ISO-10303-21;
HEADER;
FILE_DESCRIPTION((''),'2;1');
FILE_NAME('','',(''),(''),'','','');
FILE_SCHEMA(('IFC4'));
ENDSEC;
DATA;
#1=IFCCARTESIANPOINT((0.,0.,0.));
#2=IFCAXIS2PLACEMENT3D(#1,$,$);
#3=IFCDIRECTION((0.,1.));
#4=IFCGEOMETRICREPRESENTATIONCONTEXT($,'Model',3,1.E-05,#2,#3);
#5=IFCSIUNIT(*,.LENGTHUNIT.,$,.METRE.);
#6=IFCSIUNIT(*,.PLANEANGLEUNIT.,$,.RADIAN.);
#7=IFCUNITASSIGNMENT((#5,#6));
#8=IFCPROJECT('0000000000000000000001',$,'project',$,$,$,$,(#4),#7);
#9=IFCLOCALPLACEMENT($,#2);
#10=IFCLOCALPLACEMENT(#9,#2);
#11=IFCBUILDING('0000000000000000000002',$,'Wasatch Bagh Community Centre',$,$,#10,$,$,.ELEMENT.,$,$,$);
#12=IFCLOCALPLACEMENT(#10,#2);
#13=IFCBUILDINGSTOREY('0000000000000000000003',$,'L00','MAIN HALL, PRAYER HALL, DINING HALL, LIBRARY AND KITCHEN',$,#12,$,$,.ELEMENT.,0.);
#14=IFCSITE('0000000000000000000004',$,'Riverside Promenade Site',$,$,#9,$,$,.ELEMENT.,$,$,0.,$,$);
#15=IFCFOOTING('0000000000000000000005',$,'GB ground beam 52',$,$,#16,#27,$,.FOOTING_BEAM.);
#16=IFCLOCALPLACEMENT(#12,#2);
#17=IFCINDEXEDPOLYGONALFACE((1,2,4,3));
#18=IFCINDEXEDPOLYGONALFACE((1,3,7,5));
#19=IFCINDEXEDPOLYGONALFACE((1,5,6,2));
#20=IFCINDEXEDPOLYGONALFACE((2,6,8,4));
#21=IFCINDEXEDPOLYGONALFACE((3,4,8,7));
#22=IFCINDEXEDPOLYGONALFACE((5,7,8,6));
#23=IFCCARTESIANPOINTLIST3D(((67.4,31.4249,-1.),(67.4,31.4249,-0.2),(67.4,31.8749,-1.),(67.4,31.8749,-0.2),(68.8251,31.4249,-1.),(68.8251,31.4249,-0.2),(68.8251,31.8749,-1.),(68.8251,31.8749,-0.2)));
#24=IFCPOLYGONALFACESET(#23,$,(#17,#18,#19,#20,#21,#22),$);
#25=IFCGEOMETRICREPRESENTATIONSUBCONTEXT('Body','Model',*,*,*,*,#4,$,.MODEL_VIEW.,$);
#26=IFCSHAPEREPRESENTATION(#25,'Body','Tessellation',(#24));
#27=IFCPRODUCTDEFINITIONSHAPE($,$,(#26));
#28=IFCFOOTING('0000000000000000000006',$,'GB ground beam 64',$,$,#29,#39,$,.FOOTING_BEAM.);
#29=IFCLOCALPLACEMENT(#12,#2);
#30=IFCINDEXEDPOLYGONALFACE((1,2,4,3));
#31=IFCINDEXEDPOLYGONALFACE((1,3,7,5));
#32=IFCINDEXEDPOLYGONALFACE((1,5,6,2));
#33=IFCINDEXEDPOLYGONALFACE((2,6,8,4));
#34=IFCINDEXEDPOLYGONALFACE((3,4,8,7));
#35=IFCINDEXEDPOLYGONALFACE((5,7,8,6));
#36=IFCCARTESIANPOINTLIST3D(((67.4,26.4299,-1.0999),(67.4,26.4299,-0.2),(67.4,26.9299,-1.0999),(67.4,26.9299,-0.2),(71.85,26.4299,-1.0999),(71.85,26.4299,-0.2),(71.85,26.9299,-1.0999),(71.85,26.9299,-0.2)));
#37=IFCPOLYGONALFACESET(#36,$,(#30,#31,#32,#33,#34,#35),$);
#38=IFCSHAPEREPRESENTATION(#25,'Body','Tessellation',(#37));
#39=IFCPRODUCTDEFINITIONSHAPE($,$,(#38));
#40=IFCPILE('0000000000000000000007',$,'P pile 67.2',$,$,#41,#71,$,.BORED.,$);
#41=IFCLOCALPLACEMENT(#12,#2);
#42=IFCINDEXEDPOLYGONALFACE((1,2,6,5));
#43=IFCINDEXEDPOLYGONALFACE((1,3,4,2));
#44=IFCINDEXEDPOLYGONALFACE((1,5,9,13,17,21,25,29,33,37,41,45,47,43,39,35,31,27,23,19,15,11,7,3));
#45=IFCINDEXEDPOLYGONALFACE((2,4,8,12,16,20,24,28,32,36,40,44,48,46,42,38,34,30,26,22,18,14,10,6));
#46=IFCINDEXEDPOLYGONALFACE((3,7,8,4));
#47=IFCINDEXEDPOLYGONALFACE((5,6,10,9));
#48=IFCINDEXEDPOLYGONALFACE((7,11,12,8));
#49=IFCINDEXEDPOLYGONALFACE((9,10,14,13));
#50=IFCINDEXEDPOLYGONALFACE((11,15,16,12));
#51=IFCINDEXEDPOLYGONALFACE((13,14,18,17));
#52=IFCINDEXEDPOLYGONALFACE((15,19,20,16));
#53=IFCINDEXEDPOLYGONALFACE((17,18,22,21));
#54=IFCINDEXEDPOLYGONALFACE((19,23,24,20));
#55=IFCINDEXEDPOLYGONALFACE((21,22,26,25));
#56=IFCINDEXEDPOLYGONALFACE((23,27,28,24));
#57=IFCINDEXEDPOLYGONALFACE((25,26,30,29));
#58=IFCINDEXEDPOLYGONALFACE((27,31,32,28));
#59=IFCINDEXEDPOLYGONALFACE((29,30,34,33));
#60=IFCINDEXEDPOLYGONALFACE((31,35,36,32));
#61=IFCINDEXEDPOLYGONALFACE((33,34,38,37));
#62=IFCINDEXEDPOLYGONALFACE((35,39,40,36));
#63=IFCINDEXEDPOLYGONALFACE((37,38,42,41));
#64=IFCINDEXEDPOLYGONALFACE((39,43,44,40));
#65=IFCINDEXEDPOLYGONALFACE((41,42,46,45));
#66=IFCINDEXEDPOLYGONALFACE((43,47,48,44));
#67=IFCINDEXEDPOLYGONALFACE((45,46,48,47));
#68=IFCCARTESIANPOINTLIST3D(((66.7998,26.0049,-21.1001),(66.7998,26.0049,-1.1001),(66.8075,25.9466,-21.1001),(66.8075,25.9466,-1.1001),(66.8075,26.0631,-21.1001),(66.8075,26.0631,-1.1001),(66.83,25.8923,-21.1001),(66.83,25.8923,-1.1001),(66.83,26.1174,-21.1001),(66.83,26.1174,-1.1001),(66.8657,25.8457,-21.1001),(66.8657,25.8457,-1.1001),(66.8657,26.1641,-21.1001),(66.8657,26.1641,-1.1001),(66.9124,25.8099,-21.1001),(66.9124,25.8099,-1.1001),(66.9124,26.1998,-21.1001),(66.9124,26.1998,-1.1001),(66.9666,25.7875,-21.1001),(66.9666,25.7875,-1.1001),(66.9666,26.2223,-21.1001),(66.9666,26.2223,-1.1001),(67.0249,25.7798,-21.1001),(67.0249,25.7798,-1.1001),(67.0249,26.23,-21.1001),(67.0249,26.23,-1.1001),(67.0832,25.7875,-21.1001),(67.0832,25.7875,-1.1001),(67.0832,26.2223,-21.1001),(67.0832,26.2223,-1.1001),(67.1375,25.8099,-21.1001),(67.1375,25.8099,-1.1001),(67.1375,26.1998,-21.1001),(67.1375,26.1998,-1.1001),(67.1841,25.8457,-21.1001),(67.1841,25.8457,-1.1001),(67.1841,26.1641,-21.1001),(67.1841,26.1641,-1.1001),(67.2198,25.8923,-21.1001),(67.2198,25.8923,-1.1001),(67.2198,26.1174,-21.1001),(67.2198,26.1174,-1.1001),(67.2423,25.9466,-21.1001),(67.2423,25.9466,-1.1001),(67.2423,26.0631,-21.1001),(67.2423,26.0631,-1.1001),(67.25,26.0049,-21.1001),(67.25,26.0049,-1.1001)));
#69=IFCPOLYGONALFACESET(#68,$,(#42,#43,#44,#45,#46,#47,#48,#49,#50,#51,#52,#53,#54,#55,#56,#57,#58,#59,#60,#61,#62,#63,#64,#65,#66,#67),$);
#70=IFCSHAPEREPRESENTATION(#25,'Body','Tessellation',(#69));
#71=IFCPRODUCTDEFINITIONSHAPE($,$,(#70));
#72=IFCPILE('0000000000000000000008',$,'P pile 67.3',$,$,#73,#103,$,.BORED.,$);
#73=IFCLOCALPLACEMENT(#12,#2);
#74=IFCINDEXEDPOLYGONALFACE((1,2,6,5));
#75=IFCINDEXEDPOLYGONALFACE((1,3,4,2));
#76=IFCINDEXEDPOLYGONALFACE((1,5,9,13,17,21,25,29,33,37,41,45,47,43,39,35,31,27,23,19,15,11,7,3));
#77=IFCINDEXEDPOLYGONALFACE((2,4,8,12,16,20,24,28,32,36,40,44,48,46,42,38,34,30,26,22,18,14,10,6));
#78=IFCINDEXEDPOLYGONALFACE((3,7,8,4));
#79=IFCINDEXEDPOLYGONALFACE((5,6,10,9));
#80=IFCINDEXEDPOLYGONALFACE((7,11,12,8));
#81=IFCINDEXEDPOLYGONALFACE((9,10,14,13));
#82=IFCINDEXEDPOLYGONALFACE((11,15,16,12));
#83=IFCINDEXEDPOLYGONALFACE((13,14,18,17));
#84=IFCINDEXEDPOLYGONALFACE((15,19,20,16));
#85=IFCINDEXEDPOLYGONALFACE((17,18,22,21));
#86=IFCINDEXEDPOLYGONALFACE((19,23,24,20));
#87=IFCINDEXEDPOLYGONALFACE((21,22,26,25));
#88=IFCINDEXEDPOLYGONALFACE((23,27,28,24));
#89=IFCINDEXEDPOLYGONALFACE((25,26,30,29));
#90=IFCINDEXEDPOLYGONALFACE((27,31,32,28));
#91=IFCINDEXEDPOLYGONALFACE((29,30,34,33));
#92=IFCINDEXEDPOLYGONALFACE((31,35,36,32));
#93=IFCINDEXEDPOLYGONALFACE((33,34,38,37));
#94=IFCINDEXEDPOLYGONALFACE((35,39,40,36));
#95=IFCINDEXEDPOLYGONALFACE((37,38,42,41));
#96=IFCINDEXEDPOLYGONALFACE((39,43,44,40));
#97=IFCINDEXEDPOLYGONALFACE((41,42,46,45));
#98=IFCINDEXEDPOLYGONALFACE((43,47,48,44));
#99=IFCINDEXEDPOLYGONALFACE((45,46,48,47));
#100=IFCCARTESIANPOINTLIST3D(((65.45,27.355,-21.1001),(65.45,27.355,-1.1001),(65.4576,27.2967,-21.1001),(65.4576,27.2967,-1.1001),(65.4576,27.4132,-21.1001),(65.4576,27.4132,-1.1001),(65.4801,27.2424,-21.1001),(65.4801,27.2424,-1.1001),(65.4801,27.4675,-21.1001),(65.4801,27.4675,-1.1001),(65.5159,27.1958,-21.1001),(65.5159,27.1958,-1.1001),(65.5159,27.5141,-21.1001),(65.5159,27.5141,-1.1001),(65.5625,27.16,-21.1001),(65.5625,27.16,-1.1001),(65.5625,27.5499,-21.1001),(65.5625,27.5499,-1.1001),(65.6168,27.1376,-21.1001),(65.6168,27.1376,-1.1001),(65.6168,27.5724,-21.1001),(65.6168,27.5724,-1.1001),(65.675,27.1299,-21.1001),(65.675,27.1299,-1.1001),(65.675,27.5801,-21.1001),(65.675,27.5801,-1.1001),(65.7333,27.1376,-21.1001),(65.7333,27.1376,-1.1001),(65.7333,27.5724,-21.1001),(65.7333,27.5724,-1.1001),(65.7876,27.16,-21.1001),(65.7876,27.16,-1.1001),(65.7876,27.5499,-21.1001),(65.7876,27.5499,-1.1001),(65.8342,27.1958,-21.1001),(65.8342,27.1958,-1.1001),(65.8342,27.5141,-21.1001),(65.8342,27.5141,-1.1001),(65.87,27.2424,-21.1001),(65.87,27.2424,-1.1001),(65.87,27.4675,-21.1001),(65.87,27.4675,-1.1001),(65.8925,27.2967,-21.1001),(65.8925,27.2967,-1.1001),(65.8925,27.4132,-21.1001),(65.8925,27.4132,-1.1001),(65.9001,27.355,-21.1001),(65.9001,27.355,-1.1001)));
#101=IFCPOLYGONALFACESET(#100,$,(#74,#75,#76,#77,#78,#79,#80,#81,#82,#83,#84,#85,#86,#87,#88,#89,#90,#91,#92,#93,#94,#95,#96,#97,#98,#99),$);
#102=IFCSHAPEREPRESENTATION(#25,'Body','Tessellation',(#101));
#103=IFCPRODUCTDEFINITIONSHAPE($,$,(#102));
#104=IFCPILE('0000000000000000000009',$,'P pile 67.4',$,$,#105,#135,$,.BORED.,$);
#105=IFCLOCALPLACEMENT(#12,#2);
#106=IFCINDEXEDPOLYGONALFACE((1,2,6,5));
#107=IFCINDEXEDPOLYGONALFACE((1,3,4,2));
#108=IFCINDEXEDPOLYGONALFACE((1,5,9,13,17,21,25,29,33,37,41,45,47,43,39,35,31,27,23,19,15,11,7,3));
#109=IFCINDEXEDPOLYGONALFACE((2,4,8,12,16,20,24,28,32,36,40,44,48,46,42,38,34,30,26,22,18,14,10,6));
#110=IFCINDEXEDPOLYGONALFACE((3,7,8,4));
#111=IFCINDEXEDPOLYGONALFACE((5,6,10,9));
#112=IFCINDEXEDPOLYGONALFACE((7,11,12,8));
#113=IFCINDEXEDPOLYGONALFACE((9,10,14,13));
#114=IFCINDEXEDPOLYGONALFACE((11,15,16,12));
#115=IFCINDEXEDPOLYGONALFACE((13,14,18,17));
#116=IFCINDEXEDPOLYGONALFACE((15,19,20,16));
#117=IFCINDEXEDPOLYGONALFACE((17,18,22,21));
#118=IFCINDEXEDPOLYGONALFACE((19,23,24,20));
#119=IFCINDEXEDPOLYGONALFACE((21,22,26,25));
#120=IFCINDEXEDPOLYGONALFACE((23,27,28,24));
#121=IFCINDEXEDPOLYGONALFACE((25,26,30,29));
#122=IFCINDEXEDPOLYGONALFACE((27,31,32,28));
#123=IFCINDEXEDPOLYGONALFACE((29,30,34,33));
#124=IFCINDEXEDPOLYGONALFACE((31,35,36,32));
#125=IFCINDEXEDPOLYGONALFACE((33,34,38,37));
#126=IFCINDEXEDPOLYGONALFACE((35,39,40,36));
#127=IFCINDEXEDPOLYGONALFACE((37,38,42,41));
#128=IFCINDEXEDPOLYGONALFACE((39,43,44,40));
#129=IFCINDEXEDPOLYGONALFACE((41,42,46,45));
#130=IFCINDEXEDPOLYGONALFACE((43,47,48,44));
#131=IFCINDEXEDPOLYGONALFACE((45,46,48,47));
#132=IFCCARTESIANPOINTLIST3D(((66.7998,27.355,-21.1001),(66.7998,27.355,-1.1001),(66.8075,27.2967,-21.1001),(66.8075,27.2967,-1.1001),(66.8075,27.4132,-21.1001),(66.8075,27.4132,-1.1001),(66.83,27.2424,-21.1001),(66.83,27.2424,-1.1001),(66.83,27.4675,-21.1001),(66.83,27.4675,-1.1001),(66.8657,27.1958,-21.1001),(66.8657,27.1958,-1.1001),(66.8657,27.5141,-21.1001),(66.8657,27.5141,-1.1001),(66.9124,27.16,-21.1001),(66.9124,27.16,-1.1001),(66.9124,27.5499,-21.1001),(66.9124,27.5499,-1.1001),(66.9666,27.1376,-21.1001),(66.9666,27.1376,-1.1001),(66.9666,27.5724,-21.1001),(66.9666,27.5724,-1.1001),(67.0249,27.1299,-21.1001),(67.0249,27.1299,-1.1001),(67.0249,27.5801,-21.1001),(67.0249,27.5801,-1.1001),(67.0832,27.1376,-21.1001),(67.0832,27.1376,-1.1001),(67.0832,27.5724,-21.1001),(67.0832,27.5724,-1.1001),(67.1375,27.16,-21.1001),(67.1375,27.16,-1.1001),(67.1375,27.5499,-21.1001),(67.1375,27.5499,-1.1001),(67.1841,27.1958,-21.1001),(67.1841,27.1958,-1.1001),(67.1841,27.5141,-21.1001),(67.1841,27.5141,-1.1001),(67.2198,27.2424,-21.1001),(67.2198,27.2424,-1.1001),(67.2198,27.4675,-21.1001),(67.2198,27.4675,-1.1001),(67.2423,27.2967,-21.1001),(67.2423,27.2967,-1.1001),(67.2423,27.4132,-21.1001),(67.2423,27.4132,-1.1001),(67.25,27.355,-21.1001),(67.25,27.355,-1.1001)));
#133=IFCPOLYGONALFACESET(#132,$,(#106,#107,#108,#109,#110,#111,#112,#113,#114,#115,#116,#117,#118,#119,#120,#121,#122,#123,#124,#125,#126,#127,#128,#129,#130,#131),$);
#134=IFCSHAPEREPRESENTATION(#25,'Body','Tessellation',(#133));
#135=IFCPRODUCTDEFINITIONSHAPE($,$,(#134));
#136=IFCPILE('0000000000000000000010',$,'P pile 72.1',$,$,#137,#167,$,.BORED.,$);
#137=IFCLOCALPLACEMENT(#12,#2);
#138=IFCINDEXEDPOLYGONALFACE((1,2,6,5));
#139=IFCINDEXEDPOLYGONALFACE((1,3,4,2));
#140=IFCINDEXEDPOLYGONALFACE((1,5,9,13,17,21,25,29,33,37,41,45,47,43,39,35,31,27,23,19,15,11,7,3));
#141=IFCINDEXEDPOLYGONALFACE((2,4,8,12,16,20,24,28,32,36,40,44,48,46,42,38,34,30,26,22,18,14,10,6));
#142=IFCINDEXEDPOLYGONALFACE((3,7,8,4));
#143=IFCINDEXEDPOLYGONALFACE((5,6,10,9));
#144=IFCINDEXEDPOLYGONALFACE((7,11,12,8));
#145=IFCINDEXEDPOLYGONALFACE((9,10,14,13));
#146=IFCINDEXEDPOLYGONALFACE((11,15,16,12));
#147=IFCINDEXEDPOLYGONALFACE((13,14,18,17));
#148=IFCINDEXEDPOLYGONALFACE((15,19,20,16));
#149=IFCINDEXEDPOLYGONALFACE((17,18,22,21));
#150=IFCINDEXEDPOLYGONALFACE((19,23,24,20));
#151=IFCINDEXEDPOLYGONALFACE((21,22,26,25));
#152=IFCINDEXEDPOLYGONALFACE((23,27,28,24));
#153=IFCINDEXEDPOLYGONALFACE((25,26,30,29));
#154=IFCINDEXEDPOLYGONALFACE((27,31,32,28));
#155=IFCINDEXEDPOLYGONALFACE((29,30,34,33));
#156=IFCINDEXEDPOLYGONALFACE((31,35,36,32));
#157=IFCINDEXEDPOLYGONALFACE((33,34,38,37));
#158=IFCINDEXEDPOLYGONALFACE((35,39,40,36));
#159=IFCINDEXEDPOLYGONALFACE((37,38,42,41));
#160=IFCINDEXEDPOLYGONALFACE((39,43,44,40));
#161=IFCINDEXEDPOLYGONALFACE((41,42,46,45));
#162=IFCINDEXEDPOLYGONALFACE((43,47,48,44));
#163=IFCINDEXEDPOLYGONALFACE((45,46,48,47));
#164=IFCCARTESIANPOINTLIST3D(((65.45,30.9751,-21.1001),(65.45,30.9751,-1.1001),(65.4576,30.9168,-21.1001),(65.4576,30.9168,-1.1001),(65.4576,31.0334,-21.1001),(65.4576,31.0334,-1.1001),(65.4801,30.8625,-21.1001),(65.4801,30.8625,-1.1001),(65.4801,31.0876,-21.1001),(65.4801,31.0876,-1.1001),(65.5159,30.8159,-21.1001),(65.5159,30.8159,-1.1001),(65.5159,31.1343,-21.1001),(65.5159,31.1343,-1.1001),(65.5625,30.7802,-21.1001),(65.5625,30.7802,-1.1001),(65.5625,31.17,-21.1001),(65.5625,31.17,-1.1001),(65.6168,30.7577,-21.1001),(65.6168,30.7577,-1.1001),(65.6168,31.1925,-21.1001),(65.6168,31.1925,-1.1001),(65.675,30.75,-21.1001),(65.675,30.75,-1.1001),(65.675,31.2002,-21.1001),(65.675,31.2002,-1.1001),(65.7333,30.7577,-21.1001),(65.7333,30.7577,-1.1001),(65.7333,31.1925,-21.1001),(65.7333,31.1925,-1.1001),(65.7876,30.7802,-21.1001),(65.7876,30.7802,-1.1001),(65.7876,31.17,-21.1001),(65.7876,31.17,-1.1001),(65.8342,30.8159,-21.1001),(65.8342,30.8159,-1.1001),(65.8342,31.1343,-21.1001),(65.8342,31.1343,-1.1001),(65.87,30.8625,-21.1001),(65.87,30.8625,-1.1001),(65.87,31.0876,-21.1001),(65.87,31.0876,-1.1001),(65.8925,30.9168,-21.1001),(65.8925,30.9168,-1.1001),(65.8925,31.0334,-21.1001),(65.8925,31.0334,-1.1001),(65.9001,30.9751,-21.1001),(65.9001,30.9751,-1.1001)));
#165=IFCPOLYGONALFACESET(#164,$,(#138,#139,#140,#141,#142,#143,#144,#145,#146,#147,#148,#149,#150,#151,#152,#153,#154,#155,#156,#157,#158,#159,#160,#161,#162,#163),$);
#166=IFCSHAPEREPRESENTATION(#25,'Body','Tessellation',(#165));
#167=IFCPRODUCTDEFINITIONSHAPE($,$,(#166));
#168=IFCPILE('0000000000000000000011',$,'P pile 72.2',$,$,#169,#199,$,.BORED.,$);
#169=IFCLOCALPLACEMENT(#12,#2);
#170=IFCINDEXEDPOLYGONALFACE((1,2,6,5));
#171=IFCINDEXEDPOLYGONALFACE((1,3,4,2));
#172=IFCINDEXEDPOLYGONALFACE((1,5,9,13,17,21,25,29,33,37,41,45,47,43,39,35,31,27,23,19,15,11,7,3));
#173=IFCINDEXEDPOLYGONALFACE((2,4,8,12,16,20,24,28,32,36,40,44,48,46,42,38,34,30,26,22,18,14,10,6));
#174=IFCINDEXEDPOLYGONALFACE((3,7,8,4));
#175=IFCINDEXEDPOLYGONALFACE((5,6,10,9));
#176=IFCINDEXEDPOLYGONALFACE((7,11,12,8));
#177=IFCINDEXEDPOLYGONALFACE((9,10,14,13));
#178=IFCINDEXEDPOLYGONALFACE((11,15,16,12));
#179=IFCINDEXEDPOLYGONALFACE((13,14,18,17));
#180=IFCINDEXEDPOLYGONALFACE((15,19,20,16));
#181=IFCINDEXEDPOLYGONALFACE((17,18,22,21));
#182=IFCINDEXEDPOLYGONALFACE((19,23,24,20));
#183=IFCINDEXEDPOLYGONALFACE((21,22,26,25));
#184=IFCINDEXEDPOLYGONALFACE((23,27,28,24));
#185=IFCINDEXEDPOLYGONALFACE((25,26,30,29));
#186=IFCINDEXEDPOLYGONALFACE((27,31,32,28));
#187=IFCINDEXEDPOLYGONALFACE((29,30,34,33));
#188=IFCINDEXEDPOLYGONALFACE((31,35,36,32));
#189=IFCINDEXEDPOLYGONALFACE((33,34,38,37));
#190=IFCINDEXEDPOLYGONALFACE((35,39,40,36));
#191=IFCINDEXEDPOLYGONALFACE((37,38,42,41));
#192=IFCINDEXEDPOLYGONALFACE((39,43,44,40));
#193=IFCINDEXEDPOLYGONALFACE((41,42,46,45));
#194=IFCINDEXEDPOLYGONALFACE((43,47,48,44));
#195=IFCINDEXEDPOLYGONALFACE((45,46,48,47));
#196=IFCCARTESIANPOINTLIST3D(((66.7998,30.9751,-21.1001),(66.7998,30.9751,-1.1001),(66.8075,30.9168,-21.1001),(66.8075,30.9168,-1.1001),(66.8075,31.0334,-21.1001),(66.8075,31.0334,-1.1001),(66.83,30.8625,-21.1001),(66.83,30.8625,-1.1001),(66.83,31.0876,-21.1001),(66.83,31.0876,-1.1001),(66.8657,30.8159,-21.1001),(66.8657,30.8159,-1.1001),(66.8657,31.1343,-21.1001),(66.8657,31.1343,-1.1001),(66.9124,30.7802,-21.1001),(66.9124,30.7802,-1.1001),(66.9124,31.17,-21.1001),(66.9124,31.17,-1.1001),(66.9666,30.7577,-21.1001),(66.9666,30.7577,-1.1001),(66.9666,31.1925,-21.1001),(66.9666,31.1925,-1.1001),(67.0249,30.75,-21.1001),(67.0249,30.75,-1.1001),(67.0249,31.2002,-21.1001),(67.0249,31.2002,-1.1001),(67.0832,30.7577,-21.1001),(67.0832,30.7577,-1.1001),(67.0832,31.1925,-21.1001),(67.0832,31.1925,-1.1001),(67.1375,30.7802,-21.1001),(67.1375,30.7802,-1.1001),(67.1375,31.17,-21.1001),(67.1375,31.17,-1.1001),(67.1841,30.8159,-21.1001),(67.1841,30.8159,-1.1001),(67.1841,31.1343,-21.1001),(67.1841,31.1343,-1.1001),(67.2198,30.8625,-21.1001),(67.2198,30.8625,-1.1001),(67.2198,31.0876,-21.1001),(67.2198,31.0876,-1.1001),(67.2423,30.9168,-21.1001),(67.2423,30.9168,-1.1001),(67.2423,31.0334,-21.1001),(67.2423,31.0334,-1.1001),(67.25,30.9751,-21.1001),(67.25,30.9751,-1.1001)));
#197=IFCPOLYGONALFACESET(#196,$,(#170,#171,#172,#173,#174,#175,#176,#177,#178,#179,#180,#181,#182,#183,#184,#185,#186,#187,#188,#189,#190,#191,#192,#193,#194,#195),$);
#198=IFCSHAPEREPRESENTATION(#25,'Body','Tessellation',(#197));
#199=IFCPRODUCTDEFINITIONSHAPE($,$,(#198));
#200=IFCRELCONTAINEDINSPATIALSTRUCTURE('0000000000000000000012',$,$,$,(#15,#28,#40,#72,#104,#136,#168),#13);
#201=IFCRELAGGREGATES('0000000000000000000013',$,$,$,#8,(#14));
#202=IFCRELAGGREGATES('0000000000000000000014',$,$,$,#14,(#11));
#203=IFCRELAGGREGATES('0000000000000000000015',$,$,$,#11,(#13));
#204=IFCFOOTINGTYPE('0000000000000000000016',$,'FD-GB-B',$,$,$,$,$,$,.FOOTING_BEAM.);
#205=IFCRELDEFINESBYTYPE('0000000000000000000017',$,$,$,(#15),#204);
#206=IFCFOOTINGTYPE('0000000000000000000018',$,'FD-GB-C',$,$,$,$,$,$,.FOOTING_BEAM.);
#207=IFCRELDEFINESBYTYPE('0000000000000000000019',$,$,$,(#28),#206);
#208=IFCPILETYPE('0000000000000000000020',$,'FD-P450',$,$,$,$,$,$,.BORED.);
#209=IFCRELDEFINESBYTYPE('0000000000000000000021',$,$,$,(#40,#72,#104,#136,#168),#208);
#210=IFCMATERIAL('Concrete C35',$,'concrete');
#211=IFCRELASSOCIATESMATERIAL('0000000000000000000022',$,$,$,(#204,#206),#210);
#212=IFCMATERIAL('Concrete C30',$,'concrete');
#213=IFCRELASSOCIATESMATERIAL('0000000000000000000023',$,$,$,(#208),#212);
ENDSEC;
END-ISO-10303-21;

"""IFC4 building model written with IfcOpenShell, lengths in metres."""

from ifc_helpers import new_model, si_unit, direction, frame, origin, origin_2d, place, context, subcontext, project, spatial, rectangle, circle, extrude, material, material_profile, profile_set, type_object, element, save


model = new_model("IFC4")

# Units and contexts
model_context = context("Model", 3, precision=1e-05, world=origin(), true_north=direction((0.0, 1.0)))
body_context = subcontext(model_context, "Body", "Model", "MODEL_VIEW")
ifc_project = project(units=[si_unit("LENGTHUNIT", "METRE"), si_unit("PLANEANGLEUNIT", "RADIAN")], contexts=[model_context])

# Site, building, storey
site_placement = place(None, origin())
site = spatial("IfcSite", under=ifc_project, at=site_placement, Name="Riverside Promenade Site", CompositionType="ELEMENT", RefElevation=0.0)
building_placement = place(site_placement, origin())
building = spatial("IfcBuilding", under=site, at=building_placement, Name="Wasatch Bagh Community Centre", CompositionType="ELEMENT")
storey_placement = place(building_placement, origin())
storey = spatial("IfcBuildingStorey", under=building, at=storey_placement, Name="L00", Description="MAIN HALL, PRAYER HALL, DINING HALL, LIBRARY AND KITCHEN", CompositionType="ELEMENT", Elevation=0.0)

# Footings
ifc_material_1 = material(Name="Concrete C35", Category="concrete")
footing_type_1 = type_object("IfcFootingType", Name="FD-GB-B", PredefinedType="FOOTING_BEAM", material=ifc_material_1)
footing_1_placement = place(storey_placement, frame((68.1125, 31.6499, -1.0), z_axis=(0.0, 0.0, 1.0), x_axis=(1.0, 0.0, 0.0)))
element("IfcFooting", 1, at=footing_1_placement, inside=storey, type_object=footing_type_1, Name="GB ground beam 52", PredefinedType="FOOTING_BEAM", context=body_context, shape_type="SweptSolid", body=[
    extrude(rectangle(XDim=1.425, YDim=0.45, at=origin_2d()), origin(), (0.0, 0.0, 1.0), 0.8),
])
footing_type_2 = type_object("IfcFootingType", Name="FD-GB-C", PredefinedType="FOOTING_BEAM", material=ifc_material_1)
footing_2_placement = place(storey_placement, frame((69.625, 26.6799, -1.0999), z_axis=(0.0, 0.0, 1.0), x_axis=(1.0, 0.0, 0.0)))
element("IfcFooting", 2, at=footing_2_placement, inside=storey, type_object=footing_type_2, Name="GB ground beam 64", PredefinedType="FOOTING_BEAM", context=body_context, shape_type="SweptSolid", body=[
    extrude(rectangle(XDim=4.45, YDim=0.5, at=origin_2d()), origin(), (0.0, 0.0, 1.0), 0.8999),
])

# Piles
ifc_material_2 = material(Name="Concrete C30", Category="concrete")
ifc_material_profile_1 = material_profile(ifc_material_2, circle(Radius=0.2251, at=origin_2d()), Name="RC D450")
ifc_profile_set_1 = profile_set([ifc_material_profile_1], Name="Concrete C30")
pile_type = type_object("IfcPileType", Name="FD-P450", PredefinedType="BORED", material=ifc_profile_set_1)
for number, where, z_axis, x_axis, name in (
    (3, (67.0249, 26.0049, -1.1001), (0.0, 0.0, -1.0), (1.0, 0.0, 0.0), "P pile 67.2"),
    (4, (65.675, 27.355, -1.1001), (0.0, 0.0, -1.0), (1.0, 0.0, 0.0), "P pile 67.3"),
    (5, (67.0249, 27.355, -1.1001), (0.0, 0.0, -1.0), (1.0, 0.0, 0.0), "P pile 67.4"),
    (6, (65.675, 30.9751, -1.1001), (0.0, 0.0, -1.0), (1.0, 0.0, 0.0), "P pile 72.1"),
    (7, (67.0249, 30.9751, -1.1001), (0.0, 0.0, -1.0), (1.0, 0.0, 0.0), "P pile 72.2"),
):
    element("IfcPile", number, at=place(storey_placement, frame(where, z_axis=z_axis, x_axis=x_axis)), inside=storey, type_object=pile_type, Name=name, PredefinedType="BORED", context=body_context, shape_type="SweptSolid", body=[
        extrude(circle(Radius=0.2251, at=origin_2d()), origin(), (0.0, 0.0, 1.0), 20.0),
    ])

save(model, "model.ifc")
